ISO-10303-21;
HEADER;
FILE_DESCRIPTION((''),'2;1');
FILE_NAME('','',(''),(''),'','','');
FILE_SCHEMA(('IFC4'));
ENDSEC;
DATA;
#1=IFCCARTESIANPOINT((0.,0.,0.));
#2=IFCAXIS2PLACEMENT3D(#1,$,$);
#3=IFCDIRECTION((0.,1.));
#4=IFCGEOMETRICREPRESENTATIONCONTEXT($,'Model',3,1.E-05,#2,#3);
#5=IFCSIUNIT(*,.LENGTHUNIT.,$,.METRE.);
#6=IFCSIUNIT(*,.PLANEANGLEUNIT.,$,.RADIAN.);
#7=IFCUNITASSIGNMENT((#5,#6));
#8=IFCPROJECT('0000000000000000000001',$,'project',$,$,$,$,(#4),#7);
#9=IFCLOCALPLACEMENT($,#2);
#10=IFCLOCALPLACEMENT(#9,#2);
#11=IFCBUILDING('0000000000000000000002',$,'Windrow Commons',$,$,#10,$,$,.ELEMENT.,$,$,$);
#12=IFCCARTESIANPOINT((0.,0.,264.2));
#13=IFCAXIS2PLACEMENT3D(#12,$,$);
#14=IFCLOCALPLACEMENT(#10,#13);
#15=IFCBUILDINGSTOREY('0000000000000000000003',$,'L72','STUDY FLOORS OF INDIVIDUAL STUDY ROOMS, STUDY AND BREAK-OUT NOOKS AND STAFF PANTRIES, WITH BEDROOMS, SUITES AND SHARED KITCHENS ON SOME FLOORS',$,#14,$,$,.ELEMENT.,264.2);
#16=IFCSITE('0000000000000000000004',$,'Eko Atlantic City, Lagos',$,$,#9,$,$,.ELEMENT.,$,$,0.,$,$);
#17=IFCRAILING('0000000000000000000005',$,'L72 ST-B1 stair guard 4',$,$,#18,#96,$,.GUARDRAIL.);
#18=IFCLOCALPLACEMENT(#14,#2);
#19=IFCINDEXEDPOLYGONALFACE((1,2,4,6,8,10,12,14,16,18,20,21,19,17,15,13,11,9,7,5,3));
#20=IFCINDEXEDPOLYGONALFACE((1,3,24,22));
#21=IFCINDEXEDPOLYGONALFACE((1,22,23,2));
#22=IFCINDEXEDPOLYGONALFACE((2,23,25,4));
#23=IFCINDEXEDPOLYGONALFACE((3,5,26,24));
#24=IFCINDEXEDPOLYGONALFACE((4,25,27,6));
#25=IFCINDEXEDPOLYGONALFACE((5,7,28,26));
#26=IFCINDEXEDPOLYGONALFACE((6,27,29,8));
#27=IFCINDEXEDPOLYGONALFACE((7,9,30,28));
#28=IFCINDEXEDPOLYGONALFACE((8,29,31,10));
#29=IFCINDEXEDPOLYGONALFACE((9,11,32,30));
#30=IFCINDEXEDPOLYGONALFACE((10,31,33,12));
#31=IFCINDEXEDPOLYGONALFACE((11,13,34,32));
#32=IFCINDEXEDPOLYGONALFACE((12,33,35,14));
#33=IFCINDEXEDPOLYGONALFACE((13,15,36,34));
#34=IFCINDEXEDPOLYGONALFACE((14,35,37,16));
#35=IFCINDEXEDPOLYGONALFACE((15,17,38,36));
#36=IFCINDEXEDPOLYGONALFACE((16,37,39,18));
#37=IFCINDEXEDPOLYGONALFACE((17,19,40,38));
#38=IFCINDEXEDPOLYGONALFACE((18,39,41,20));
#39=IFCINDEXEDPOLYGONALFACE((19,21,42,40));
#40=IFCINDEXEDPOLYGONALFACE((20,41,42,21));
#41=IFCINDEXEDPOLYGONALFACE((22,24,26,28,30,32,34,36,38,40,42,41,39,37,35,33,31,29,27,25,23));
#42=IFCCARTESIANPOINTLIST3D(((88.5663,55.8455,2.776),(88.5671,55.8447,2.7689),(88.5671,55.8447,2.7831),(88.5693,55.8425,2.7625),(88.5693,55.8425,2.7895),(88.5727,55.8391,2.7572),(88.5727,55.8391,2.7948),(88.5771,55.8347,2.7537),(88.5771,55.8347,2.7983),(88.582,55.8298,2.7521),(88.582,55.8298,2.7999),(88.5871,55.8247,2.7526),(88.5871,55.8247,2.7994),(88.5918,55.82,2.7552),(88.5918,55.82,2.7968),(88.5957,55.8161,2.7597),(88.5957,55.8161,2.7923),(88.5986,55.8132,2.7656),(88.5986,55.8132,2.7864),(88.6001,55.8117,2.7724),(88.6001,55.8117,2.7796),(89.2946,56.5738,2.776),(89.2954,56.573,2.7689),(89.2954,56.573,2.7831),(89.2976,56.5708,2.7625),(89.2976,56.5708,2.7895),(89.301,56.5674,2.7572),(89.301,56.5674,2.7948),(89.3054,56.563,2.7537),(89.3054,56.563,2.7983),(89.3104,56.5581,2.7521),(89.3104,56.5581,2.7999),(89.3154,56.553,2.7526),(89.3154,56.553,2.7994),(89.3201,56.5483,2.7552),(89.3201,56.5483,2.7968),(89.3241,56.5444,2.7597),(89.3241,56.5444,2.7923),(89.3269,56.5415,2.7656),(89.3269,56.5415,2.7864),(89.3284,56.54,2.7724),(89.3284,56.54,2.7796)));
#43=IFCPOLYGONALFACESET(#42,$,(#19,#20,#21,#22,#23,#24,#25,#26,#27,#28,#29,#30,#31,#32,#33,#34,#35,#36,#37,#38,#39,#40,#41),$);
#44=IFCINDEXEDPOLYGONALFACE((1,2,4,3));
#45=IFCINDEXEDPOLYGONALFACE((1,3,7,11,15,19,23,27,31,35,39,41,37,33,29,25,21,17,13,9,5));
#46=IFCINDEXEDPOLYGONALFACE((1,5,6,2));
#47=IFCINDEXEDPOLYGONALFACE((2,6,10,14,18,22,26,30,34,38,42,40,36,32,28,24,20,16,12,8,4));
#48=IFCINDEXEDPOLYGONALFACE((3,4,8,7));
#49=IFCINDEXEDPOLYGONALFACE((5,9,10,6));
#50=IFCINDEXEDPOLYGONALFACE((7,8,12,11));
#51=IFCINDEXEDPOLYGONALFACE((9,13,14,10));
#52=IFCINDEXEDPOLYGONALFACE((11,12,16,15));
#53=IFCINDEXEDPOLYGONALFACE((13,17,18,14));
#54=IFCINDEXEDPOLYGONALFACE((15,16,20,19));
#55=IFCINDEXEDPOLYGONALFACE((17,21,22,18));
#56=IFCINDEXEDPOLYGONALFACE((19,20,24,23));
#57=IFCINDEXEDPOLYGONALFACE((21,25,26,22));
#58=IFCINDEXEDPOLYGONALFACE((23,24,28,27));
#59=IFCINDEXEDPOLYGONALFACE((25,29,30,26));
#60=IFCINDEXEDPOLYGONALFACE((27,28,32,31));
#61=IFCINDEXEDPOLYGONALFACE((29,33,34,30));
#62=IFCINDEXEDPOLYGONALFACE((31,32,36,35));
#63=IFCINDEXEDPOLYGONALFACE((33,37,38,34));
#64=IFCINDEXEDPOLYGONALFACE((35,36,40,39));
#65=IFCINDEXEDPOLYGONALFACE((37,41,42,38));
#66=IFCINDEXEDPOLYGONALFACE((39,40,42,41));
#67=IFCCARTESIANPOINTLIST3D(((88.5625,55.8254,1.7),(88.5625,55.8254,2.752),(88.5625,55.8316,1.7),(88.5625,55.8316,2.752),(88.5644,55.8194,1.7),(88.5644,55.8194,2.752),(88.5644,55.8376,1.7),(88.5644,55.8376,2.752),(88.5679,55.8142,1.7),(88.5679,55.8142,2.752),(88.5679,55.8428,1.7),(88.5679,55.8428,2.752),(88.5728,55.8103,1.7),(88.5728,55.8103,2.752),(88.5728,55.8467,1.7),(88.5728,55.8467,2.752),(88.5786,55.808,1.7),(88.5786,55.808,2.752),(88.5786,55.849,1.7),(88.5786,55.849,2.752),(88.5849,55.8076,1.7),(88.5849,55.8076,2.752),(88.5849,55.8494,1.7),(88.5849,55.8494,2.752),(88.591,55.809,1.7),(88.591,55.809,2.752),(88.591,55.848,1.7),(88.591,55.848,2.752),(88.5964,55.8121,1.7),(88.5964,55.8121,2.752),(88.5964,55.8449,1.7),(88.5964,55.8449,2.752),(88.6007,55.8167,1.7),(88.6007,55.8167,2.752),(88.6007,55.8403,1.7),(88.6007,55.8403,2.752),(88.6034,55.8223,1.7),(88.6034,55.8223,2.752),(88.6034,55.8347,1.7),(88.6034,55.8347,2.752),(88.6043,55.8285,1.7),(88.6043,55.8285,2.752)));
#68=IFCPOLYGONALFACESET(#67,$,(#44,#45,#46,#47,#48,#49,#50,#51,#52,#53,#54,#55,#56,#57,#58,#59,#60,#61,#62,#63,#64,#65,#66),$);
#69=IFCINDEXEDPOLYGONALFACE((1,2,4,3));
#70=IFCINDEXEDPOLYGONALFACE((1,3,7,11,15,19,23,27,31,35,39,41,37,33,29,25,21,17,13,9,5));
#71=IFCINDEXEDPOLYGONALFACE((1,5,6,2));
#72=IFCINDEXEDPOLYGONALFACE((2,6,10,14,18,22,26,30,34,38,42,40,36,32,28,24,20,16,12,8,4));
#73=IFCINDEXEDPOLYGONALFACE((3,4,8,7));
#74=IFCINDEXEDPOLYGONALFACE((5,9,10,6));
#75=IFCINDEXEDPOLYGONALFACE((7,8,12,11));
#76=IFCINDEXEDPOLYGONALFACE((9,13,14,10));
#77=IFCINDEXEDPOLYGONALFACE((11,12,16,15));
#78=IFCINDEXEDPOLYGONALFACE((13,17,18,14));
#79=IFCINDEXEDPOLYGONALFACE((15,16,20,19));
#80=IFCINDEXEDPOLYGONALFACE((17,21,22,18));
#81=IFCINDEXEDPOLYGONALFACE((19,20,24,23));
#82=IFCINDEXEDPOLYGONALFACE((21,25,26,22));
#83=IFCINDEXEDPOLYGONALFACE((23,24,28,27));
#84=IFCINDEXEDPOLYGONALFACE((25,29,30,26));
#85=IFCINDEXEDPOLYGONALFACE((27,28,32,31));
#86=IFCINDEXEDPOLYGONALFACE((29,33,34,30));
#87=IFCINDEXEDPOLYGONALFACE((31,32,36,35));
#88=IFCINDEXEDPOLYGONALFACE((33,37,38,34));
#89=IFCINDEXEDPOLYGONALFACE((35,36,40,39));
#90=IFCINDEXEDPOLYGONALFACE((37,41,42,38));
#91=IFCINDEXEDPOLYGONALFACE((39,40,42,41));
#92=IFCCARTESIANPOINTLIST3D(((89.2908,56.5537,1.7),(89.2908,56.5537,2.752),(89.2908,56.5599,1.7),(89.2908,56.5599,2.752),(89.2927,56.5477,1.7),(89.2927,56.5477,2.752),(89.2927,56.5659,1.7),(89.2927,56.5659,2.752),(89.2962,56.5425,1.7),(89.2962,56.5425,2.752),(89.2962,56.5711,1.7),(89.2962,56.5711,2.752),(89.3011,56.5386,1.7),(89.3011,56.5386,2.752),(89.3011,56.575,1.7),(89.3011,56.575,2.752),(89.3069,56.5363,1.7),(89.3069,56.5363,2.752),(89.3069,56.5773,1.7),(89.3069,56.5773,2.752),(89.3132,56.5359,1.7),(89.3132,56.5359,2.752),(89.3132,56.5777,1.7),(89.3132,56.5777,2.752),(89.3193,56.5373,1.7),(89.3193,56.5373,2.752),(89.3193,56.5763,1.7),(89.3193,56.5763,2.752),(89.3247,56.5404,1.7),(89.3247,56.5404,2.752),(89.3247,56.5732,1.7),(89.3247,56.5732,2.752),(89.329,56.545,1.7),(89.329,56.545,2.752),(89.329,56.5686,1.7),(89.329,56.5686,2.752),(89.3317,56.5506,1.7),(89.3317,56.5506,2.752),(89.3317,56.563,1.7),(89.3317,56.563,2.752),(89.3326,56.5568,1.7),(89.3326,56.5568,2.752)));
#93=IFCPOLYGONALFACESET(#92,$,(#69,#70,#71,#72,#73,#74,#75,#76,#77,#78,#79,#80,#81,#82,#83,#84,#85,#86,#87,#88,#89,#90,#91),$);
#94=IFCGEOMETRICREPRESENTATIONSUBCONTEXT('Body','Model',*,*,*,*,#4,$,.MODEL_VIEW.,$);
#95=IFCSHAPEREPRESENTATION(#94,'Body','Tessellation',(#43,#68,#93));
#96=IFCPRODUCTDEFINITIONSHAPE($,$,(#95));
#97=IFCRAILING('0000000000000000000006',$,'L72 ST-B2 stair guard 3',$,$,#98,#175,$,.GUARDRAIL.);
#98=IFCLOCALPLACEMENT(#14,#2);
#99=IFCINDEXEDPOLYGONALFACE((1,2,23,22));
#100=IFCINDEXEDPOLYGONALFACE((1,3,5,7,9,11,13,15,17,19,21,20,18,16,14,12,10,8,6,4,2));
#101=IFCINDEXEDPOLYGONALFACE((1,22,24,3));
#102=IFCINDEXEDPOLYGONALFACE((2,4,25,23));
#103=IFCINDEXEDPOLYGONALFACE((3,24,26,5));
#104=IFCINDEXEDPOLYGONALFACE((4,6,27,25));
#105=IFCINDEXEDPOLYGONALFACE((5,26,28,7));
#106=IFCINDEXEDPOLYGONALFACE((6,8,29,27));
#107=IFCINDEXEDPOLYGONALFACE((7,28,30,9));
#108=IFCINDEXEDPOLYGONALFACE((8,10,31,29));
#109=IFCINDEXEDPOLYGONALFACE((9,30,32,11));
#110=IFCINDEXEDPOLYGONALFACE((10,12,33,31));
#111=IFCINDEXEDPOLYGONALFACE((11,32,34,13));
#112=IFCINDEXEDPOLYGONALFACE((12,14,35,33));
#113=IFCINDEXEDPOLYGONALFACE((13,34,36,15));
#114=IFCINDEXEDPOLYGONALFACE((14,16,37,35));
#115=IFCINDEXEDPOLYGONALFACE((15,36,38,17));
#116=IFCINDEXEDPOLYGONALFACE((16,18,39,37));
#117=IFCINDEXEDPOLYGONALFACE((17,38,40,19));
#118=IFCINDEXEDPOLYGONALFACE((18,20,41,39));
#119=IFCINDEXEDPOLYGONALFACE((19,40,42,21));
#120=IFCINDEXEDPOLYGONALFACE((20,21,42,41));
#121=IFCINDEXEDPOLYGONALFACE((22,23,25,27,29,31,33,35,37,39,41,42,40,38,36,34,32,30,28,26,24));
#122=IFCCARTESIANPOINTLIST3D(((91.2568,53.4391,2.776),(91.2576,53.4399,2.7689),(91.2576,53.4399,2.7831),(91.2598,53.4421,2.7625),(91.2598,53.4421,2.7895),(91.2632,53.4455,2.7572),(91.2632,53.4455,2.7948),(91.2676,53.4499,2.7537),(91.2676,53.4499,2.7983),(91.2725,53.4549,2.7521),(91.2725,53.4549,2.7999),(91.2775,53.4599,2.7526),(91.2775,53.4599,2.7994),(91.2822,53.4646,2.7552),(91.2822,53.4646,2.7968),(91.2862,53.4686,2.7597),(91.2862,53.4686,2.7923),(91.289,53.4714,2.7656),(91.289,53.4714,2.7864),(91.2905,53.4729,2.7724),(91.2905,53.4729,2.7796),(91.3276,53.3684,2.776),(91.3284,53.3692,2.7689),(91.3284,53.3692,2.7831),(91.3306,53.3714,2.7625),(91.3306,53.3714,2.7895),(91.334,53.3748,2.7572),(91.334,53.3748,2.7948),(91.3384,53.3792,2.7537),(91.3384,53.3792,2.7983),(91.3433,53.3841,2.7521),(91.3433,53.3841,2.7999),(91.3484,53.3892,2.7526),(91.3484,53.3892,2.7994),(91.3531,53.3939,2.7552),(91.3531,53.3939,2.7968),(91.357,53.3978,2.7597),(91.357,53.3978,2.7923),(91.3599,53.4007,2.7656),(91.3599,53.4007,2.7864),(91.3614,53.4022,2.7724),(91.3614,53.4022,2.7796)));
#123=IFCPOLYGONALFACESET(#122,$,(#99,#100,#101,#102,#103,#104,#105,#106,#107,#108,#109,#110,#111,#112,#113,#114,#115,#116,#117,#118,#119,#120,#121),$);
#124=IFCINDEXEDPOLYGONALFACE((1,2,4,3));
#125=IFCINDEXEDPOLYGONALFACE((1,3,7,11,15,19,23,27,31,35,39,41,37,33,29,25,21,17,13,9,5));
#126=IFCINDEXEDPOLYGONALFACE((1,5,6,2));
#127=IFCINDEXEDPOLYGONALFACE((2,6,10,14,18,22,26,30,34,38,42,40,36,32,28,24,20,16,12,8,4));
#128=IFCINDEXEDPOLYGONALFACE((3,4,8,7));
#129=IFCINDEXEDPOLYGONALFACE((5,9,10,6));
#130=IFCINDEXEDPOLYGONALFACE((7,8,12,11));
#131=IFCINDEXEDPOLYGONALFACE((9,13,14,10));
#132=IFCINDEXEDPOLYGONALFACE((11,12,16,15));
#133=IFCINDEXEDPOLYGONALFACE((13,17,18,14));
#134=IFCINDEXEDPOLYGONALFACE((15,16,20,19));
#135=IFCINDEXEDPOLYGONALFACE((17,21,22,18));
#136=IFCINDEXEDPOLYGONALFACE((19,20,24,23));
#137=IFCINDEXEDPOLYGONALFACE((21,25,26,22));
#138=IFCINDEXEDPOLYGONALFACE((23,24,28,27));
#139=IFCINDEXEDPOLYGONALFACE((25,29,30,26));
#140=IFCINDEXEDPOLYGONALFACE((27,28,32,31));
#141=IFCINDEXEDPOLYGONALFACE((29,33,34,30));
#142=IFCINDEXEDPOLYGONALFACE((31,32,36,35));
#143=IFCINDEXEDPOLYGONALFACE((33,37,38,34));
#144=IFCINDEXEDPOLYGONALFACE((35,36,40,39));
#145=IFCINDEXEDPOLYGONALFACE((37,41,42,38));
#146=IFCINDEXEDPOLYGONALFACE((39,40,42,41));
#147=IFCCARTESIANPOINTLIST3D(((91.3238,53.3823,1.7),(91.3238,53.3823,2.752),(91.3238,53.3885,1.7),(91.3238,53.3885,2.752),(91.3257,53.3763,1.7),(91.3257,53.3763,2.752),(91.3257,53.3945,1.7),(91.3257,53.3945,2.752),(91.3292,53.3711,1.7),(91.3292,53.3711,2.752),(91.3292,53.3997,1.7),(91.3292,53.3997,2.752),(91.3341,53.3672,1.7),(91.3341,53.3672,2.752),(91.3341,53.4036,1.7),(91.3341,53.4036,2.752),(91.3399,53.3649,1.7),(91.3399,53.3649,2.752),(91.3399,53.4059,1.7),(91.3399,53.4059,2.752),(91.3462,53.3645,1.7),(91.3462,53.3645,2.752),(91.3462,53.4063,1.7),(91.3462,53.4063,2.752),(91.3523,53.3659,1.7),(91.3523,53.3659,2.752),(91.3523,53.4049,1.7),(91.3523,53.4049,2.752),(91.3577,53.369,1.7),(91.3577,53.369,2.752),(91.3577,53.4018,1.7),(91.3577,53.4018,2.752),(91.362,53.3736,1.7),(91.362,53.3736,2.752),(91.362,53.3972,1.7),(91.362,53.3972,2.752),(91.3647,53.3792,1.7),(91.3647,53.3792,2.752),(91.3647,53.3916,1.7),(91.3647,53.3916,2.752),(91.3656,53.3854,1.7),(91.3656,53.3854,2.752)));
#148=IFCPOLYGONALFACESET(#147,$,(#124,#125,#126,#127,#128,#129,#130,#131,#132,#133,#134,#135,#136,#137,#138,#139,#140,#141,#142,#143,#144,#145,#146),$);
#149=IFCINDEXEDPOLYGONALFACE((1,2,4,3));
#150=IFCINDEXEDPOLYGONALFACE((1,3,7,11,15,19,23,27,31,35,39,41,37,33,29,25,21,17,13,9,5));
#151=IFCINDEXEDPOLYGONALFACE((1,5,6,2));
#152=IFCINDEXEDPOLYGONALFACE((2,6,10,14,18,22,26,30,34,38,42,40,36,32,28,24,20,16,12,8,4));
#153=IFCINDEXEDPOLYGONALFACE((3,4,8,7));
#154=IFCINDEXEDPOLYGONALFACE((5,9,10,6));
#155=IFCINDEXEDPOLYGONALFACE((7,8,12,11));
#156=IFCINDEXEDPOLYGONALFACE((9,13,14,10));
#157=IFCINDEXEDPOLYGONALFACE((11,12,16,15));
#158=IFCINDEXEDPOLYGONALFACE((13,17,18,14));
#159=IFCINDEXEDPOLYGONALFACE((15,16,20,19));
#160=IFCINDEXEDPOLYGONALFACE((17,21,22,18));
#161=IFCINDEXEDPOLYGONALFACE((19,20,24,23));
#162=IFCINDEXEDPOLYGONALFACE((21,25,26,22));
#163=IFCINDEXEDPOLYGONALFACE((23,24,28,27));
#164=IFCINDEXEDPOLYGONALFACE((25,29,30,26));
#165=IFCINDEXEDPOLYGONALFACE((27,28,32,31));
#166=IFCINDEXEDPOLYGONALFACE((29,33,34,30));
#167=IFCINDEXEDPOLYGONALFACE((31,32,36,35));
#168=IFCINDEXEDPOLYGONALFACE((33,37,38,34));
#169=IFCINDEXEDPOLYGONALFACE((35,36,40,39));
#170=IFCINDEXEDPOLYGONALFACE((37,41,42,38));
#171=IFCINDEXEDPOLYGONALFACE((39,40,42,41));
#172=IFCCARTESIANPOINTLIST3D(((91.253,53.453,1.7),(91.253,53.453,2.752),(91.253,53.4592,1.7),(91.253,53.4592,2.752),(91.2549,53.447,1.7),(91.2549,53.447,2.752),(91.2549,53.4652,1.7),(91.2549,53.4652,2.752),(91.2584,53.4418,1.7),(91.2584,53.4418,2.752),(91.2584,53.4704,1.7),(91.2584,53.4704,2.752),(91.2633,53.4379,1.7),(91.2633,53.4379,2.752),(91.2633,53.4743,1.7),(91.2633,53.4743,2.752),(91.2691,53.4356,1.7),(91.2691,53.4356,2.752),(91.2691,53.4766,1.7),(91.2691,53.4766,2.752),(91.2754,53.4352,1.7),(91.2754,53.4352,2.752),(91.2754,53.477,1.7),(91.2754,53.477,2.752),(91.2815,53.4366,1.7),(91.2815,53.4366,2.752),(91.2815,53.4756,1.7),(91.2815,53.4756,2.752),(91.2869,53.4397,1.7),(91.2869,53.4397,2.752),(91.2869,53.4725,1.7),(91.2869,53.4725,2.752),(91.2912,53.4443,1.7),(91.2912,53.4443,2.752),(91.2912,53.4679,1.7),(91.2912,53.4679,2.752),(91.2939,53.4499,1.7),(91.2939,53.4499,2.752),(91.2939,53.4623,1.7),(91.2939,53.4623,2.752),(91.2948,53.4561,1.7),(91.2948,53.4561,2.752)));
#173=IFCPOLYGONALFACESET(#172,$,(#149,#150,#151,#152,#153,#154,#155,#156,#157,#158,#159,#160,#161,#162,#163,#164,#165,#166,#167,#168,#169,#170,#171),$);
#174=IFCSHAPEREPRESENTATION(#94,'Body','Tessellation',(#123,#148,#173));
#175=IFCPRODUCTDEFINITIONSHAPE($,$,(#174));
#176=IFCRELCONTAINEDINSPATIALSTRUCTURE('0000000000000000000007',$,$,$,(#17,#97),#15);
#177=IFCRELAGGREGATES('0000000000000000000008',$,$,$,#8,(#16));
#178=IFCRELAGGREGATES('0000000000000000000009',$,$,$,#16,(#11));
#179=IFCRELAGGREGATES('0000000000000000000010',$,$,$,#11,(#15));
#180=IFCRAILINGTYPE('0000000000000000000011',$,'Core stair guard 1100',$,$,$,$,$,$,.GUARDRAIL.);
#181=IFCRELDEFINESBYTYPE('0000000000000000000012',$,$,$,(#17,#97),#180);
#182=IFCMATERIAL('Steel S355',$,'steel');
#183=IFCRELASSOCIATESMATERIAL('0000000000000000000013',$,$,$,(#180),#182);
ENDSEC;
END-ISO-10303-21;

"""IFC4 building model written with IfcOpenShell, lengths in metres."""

from ifc_helpers import new_model, si_unit, direction, frame, origin, origin_2d, place, context, subcontext, project, spatial, circle, extrude, material, type_object, element, save


model = new_model("IFC4")

# Units and contexts
model_context = context("Model", 3, precision=1e-05, world=origin(), true_north=direction((0.0, 1.0)))
body_context = subcontext(model_context, "Body", "Model", "MODEL_VIEW")
ifc_project = project(units=[si_unit("LENGTHUNIT", "METRE"), si_unit("PLANEANGLEUNIT", "RADIAN")], contexts=[model_context])

# Site, building, storey
site_placement = place(None, origin())
site = spatial("IfcSite", under=ifc_project, at=site_placement, Name="Eko Atlantic City, Lagos", CompositionType="ELEMENT", RefElevation=0.0)
building_placement = place(site_placement, origin())
building = spatial("IfcBuilding", under=site, at=building_placement, Name="Windrow Commons", CompositionType="ELEMENT")
storey_placement = place(building_placement, frame((0.0, 0.0, 264.2)))
storey = spatial("IfcBuildingStorey", under=building, at=storey_placement, Name="L72", Description="STUDY FLOORS OF INDIVIDUAL STUDY ROOMS, STUDY AND BREAK-OUT NOOKS AND STAFF PANTRIES, WITH BEDROOMS, SUITES AND SHARED KITCHENS ON SOME FLOORS", CompositionType="ELEMENT", Elevation=264.2)

# Railings
ifc_material_1 = material(Name="Steel S355", Category="steel")
railing_type_1 = type_object("IfcRailingType", Name="Core stair guard 1100", PredefinedType="GUARDRAIL", material=ifc_material_1)
railing_1_placement = place(storey_placement, frame((88.5833, 55.8285, 1.7)))
element("IfcRailing", 1, at=railing_1_placement, inside=storey, type_object=railing_type_1, Name="L72 ST-B1 stair guard 4", PredefinedType="GUARDRAIL", context=body_context, shape_type="SweptSolid", body=[
    extrude(circle(Radius=0.024, at=origin_2d()), frame((0.0, 0.0, 1.076), z_axis=(0.707107, 0.707107, 0.0), x_axis=(-0.707107, 0.707107, 0.0)), (0.0, 0.0, 1.0), 1.03),
    extrude(circle(Radius=0.021, at=origin_2d()), origin(), (0.0, 0.0, 1.0), 1.052),
    extrude(circle(Radius=0.021, at=origin_2d()), frame((0.7283, 0.7283, 0.0)), (0.0, 0.0, 1.0), 1.052),
])
railing_2_placement = place(storey_placement, frame((91.3446, 53.3854, 1.7)))
element("IfcRailing", 2, at=railing_2_placement, inside=storey, type_object=railing_type_1, Name="L72 ST-B2 stair guard 3", PredefinedType="GUARDRAIL", context=body_context, shape_type="SweptSolid", body=[
    extrude(circle(Radius=0.024, at=origin_2d()), frame((0.0, 0.0, 1.076), z_axis=(-0.707606, 0.706607, 0.0), x_axis=(-0.706607, -0.707606, 0.0)), (0.0, 0.0, 1.0), 0.1001),
    extrude(circle(Radius=0.021, at=origin_2d()), origin(), (0.0, 0.0, 1.0), 1.052),
    extrude(circle(Radius=0.021, at=origin_2d()), frame((-0.0708, 0.0707, 0.0)), (0.0, 0.0, 1.0), 1.052),
])

save(model, "model.ifc")
